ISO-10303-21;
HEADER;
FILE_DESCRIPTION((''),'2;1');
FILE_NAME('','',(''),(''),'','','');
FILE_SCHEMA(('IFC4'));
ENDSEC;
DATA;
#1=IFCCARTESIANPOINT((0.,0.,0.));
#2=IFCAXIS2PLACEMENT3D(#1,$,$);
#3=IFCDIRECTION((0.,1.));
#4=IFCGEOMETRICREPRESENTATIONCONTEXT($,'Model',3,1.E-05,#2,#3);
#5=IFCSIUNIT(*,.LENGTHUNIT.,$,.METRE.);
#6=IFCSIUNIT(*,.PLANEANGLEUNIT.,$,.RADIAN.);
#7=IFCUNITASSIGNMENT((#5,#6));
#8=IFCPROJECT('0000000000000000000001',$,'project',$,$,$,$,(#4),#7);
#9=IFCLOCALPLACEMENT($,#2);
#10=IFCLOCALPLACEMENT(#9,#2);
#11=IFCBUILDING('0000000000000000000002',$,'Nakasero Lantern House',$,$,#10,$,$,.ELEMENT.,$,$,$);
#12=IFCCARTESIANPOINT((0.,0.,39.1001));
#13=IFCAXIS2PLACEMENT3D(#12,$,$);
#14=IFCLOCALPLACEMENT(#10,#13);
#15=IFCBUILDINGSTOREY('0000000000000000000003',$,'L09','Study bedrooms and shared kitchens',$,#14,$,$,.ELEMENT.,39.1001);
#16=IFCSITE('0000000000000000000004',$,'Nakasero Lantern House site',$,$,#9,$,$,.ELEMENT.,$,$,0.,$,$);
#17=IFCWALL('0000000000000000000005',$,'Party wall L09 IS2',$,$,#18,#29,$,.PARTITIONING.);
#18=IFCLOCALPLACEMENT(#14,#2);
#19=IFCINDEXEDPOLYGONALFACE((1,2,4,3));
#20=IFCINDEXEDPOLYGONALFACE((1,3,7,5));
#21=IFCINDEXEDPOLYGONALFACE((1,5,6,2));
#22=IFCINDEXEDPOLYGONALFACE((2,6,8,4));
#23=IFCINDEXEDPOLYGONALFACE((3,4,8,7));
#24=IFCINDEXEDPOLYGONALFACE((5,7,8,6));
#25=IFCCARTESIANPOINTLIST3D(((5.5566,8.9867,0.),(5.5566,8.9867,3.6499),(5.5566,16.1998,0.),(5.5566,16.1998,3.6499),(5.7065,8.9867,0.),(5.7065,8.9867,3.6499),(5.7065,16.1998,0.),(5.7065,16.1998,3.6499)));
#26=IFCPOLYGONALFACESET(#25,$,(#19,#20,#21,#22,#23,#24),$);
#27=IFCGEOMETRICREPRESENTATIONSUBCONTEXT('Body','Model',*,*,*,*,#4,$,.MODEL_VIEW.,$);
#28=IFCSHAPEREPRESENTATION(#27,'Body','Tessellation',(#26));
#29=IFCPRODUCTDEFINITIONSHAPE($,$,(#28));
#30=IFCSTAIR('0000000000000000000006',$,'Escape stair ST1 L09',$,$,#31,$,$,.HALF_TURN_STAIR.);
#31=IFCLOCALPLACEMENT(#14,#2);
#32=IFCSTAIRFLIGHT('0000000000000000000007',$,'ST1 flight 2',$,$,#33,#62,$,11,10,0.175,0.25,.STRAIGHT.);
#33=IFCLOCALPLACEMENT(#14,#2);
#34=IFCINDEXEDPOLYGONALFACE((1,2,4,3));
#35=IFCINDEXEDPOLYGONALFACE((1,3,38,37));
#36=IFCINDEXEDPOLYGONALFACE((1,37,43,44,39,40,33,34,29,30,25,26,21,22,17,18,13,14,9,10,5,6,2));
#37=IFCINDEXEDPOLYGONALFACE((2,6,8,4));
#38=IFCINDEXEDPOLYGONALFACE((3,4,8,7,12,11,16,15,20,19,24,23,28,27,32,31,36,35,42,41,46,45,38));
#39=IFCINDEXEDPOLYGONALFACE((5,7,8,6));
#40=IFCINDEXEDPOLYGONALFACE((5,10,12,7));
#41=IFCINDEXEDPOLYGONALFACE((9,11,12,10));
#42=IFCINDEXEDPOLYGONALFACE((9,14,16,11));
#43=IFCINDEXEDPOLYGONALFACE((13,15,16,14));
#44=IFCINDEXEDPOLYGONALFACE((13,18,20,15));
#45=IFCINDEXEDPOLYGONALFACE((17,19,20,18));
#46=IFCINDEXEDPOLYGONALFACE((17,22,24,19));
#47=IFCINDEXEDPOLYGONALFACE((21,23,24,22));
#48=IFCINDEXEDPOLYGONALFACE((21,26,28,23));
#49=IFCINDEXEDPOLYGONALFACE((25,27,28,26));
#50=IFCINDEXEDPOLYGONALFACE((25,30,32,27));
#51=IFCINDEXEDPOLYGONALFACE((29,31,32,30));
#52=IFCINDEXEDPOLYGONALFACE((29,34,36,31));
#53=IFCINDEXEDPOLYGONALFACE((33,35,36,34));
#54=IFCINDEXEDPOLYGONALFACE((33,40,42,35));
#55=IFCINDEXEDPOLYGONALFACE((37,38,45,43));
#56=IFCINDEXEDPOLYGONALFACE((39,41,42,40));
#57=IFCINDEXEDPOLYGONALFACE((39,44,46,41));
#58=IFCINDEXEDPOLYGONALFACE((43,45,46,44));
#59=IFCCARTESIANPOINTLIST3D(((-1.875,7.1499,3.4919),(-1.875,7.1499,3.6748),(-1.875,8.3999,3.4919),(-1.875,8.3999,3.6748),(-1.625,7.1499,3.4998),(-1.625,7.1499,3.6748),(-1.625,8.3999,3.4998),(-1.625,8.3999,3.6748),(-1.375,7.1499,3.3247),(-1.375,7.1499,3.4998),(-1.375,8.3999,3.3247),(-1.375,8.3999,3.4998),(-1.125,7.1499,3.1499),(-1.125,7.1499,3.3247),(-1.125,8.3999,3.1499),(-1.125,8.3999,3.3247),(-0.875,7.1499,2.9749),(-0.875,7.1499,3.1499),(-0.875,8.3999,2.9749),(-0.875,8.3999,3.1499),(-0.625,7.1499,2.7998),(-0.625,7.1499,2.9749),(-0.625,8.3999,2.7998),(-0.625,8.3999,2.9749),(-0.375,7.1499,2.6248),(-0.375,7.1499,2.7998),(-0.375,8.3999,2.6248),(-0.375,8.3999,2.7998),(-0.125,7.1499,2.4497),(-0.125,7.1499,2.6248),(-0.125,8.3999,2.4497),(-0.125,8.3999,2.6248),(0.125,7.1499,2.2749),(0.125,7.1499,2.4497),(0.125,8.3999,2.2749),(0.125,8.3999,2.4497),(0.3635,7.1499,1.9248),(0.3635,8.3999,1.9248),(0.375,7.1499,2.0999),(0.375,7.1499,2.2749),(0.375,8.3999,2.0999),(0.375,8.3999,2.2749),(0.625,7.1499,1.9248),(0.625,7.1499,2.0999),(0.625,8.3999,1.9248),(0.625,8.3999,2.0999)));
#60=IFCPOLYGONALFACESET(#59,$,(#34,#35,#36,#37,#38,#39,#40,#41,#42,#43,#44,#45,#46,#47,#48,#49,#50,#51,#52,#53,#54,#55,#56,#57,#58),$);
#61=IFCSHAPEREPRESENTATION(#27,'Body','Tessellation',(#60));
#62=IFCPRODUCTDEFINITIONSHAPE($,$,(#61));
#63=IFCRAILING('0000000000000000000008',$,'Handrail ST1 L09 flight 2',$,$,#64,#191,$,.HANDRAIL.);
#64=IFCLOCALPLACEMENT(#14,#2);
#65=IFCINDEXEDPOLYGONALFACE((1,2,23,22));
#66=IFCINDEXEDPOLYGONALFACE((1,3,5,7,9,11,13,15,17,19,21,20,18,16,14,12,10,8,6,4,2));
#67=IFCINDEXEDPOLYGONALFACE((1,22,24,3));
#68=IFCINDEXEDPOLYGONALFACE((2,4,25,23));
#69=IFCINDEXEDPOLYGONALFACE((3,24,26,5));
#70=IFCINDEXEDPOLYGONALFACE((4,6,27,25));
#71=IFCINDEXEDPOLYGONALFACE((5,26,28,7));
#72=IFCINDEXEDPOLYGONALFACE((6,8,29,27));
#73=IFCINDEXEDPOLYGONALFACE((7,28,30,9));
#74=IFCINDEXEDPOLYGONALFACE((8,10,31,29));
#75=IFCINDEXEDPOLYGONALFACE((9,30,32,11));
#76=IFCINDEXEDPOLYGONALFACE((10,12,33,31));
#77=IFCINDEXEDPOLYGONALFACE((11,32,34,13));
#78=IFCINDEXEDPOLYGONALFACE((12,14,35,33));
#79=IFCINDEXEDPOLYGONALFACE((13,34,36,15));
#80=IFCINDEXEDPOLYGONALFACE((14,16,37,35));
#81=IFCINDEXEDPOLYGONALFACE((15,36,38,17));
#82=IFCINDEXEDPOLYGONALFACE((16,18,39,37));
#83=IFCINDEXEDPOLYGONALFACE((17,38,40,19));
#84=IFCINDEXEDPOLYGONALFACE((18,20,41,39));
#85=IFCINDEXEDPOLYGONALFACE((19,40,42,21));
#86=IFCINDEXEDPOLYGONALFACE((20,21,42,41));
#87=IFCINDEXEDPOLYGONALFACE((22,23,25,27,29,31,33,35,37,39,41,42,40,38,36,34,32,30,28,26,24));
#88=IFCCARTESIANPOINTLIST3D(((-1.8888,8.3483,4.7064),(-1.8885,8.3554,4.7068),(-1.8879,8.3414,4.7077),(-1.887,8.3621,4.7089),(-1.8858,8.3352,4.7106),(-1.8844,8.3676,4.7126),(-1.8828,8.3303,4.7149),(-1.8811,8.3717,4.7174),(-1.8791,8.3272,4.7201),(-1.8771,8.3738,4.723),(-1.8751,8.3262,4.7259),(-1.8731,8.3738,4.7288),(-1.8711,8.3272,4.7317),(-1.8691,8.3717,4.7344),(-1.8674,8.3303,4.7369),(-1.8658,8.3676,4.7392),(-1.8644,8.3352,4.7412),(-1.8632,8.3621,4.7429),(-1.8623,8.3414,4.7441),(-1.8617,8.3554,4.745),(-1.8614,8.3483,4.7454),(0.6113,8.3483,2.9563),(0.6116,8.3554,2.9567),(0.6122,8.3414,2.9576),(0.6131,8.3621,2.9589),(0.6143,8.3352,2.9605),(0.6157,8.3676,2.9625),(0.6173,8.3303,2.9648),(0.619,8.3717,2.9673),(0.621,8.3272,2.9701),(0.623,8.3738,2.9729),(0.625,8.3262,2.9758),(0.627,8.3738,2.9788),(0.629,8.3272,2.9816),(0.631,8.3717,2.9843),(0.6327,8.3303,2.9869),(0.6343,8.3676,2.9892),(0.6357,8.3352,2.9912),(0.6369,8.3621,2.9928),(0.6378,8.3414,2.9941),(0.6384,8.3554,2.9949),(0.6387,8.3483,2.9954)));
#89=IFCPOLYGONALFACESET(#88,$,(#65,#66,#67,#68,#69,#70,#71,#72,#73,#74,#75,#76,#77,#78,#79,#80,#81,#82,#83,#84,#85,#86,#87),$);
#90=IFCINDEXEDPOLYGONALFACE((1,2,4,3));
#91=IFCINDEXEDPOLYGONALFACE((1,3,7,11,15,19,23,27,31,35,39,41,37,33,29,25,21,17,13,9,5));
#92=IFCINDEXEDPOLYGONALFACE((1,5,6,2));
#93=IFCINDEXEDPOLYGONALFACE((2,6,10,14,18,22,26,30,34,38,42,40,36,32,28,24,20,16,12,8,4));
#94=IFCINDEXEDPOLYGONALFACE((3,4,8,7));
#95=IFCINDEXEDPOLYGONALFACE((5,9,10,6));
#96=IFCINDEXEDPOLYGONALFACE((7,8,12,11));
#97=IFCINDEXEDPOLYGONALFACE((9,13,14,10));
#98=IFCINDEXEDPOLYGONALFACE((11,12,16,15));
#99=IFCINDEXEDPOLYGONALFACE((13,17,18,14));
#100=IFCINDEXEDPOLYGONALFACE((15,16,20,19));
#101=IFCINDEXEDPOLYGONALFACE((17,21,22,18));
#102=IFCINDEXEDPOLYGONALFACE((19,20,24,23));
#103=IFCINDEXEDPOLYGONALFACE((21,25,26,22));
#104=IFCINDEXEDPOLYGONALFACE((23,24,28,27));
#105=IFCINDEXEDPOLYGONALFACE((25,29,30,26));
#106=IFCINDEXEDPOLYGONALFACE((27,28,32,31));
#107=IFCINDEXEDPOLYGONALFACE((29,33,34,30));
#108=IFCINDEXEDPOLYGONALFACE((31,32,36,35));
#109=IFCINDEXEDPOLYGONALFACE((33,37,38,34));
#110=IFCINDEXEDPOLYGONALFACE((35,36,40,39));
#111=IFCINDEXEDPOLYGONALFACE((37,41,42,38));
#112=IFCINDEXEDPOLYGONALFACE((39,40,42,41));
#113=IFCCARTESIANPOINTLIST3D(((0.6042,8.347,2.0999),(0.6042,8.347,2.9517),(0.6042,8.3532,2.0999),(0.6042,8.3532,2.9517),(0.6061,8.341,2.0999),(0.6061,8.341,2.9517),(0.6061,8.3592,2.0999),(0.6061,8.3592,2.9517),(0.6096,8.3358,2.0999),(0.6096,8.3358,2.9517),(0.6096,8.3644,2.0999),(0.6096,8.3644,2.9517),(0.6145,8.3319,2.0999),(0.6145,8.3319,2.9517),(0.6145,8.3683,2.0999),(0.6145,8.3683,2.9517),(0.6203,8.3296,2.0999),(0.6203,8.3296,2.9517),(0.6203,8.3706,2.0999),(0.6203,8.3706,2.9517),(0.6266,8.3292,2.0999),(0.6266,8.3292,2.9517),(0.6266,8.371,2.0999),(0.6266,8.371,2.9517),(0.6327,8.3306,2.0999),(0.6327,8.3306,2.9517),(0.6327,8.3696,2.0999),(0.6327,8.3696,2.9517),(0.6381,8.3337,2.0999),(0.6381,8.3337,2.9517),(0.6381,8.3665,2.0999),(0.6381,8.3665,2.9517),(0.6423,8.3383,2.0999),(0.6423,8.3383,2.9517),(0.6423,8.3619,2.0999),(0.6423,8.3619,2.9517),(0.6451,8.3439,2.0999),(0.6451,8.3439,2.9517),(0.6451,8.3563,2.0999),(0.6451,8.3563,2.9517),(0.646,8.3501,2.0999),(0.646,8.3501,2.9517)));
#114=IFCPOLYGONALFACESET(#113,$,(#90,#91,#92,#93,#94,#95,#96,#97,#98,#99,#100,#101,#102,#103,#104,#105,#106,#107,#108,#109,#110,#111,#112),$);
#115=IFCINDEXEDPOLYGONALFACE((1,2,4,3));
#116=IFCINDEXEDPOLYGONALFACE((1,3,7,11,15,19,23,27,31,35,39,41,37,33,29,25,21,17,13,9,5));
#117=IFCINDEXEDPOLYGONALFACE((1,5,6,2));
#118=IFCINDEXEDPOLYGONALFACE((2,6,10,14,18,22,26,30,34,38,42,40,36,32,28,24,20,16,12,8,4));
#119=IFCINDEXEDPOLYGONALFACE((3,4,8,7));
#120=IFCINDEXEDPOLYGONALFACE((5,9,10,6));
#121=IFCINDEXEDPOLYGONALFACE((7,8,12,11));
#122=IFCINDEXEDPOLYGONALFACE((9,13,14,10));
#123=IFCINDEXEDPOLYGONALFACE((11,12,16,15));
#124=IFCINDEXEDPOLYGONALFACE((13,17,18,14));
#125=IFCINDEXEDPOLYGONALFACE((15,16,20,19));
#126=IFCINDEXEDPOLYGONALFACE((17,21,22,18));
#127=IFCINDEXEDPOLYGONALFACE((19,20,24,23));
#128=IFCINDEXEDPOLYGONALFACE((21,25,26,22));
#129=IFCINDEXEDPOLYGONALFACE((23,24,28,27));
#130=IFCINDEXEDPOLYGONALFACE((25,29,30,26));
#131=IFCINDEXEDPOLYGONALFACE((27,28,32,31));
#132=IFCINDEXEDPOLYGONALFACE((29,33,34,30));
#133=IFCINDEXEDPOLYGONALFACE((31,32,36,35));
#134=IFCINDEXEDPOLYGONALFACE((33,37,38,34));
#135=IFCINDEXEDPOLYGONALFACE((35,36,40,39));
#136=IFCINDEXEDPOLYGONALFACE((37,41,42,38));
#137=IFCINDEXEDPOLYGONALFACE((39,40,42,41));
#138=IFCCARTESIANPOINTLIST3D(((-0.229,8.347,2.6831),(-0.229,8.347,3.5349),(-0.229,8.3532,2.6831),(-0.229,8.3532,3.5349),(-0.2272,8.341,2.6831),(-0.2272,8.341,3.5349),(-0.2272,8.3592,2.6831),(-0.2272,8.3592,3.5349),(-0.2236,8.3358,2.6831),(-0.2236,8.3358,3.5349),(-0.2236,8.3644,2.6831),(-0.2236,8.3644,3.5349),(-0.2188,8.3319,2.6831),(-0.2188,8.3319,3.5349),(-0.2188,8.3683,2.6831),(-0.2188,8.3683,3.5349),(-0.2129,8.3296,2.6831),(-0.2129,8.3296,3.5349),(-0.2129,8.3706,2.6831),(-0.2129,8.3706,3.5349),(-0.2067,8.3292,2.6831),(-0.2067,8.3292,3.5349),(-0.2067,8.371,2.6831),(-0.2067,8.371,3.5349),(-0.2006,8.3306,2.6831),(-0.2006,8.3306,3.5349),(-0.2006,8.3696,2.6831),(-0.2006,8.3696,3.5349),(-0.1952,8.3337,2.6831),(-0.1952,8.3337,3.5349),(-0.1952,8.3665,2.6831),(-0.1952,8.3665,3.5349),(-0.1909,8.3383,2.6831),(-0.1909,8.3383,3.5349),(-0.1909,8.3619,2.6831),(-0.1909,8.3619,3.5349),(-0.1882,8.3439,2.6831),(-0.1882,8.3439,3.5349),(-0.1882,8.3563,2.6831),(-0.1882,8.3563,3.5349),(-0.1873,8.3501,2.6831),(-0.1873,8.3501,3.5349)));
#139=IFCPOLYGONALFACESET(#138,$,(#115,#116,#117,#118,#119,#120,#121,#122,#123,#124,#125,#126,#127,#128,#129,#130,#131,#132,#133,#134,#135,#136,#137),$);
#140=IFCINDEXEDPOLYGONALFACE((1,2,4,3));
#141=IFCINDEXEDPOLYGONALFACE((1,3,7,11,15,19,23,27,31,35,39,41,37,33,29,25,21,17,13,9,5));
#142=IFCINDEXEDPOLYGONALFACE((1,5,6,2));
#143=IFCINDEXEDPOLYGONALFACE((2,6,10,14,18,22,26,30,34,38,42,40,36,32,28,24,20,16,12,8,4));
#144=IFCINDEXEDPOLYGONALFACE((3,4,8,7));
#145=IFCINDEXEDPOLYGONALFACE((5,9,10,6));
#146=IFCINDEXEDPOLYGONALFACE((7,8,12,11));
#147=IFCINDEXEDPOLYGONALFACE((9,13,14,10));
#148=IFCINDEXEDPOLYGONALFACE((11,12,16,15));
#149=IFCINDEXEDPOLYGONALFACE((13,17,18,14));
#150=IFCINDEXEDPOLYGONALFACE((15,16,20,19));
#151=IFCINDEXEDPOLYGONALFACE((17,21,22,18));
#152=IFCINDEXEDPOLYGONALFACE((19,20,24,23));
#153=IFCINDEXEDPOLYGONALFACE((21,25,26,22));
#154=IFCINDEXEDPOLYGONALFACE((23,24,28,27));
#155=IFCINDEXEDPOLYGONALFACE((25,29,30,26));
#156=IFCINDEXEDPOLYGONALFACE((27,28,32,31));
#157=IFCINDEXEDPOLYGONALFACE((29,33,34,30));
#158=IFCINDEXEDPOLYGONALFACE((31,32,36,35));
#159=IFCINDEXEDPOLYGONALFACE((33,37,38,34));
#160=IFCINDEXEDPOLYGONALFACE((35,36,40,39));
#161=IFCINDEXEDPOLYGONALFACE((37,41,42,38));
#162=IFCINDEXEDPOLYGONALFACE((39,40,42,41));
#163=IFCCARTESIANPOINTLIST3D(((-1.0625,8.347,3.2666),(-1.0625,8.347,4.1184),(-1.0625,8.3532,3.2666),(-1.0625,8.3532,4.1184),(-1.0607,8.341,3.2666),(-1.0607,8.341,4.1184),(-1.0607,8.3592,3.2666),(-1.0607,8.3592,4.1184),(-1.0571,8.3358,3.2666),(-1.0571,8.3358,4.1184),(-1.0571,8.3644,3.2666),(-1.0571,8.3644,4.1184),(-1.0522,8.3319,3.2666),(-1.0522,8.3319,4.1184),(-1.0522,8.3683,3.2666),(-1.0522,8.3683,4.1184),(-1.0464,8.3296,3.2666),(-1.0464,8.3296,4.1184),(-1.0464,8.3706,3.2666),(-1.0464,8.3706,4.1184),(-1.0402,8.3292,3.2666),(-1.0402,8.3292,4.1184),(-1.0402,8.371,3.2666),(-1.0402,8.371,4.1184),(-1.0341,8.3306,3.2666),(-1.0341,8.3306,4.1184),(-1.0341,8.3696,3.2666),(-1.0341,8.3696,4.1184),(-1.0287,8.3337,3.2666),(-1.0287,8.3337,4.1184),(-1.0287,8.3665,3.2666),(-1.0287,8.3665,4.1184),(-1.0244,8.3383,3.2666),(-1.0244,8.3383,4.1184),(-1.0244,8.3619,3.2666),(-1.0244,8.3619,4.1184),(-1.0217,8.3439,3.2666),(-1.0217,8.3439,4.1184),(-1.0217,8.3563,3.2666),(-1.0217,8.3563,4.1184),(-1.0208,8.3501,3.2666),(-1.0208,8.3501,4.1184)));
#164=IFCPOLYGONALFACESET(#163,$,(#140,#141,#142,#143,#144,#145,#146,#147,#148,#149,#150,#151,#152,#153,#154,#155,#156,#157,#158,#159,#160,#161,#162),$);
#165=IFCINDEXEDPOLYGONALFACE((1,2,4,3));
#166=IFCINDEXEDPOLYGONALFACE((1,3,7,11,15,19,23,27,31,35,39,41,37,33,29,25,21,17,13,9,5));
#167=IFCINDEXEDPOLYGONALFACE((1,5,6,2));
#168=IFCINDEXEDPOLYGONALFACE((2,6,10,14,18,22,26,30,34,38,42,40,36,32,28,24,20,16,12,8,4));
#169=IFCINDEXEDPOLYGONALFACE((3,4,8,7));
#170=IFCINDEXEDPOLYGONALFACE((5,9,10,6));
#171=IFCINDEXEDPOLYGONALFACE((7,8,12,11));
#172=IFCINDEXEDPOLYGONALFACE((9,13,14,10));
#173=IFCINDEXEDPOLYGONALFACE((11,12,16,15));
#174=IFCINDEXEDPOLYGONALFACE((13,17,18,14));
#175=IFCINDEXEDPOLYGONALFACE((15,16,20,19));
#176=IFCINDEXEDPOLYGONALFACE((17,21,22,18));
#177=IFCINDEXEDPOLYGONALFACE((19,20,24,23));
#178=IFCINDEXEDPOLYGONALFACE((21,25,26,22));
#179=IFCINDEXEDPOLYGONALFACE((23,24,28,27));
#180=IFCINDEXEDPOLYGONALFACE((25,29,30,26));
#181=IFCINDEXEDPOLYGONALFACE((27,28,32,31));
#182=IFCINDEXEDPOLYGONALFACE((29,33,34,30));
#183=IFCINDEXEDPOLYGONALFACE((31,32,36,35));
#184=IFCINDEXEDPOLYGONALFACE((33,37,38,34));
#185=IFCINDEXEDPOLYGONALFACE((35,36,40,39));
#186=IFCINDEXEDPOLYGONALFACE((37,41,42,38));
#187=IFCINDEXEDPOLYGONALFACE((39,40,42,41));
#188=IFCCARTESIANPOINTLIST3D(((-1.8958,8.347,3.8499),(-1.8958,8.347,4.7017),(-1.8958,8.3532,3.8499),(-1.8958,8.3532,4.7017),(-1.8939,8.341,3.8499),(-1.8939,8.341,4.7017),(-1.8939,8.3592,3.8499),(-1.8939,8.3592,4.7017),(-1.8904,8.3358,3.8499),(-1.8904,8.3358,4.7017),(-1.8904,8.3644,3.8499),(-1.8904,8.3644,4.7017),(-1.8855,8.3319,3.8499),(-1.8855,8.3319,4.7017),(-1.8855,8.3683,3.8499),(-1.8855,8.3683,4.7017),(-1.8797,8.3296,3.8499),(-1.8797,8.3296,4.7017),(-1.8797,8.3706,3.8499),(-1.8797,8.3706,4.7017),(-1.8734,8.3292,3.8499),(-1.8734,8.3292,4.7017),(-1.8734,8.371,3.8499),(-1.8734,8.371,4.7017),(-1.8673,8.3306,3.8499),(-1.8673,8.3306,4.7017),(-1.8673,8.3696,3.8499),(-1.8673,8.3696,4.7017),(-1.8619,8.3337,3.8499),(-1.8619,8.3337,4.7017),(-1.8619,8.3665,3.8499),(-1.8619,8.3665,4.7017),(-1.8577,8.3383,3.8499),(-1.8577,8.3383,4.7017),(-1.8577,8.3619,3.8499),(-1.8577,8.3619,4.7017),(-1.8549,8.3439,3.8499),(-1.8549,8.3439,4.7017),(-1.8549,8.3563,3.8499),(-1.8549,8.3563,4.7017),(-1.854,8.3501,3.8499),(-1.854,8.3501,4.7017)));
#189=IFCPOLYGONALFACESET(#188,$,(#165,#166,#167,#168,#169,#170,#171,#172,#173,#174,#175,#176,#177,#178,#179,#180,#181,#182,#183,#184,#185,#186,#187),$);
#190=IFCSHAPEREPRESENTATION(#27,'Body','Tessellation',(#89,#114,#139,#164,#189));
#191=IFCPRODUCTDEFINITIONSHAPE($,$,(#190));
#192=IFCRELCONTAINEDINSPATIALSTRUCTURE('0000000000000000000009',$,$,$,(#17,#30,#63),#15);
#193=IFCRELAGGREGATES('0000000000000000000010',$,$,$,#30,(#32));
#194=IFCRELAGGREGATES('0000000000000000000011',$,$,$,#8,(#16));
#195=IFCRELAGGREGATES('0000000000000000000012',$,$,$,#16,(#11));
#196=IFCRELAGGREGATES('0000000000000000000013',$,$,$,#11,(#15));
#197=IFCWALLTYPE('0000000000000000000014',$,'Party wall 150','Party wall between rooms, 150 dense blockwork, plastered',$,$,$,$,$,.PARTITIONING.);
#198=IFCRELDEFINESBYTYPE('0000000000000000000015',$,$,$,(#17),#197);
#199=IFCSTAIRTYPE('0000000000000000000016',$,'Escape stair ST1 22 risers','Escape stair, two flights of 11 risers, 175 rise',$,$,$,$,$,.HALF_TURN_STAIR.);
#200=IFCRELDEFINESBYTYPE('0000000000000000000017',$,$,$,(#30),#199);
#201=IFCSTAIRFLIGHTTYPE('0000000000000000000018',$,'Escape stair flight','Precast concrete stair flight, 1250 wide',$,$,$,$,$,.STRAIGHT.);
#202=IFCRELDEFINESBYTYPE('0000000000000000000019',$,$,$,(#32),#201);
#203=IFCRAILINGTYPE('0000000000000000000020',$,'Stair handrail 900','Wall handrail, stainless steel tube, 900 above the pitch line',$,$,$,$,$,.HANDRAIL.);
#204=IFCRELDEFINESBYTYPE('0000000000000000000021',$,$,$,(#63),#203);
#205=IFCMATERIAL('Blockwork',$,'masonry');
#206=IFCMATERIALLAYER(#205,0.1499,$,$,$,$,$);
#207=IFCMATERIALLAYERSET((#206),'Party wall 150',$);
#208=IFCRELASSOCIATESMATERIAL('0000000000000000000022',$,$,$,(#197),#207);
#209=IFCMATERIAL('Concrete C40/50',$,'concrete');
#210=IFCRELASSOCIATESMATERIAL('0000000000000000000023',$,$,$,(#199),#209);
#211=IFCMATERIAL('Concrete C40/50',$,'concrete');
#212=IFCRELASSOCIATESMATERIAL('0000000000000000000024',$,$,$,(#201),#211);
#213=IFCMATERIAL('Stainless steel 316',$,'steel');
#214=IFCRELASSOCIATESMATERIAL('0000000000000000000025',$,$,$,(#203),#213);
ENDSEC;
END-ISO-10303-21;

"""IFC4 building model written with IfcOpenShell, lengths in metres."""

from ifc_helpers import new_model, si_unit, direction, frame, frame_2d, origin, origin_2d, place, context, subcontext, project, spatial, polyline, rectangle, circle, outline, extrude, material, layer, layer_set, type_object, element, aggregate, save


model = new_model("IFC4")

# Units and contexts
model_context = context("Model", 3, precision=1e-05, world=origin(), true_north=direction((0.0, 1.0)))
body_context = subcontext(model_context, "Body", "Model", "MODEL_VIEW")
ifc_project = project(units=[si_unit("LENGTHUNIT", "METRE"), si_unit("PLANEANGLEUNIT", "RADIAN")], contexts=[model_context])

# Site, building, storey
site_placement = place(None, origin())
site = spatial("IfcSite", under=ifc_project, at=site_placement, Name="Nakasero Lantern House site", CompositionType="ELEMENT", RefElevation=0.0)
building_placement = place(site_placement, origin())
building = spatial("IfcBuilding", under=site, at=building_placement, Name="Nakasero Lantern House", CompositionType="ELEMENT")
storey_placement = place(building_placement, frame((0.0, 0.0, 39.1001)))
storey = spatial("IfcBuildingStorey", under=building, at=storey_placement, Name="L09", Description="Study bedrooms and shared kitchens", CompositionType="ELEMENT", Elevation=39.1001)

# Wall
ifc_material_1 = material(Name="Blockwork", Category="masonry")
ifc_layer_1 = layer(ifc_material_1, 0.1499)
ifc_layer_set_1 = layer_set([ifc_layer_1], Name="Party wall 150")
wall_type_1 = type_object("IfcWallType", Name="Party wall 150", Description="Party wall between rooms, 150 dense blockwork, plastered", PredefinedType="PARTITIONING", material=ifc_layer_set_1)
wall_1_placement = place(storey_placement, frame((5.6316, 8.9868, 0.0), z_axis=(0.0, 0.0, 1.0), x_axis=(0.0, 1.0, 0.0)))
element("IfcWall", 1, at=wall_1_placement, inside=storey, type_object=wall_type_1, Name="Party wall L09 IS2", PredefinedType="PARTITIONING", context=body_context, shape_type="SweptSolid", body=[
    extrude(rectangle(XDim=7.2131, YDim=0.1499, at=frame_2d((3.6064, 0.0))), origin(), (0.0, 0.0, 1.0), 3.6499),
])

# Stair, stair flight
ifc_material_2 = material(Name="Concrete C40/50", Category="concrete")
stair_type_1 = type_object("IfcStairType", Name="Escape stair ST1 22 risers", Description="Escape stair, two flights of 11 risers, 175 rise", PredefinedType="HALF_TURN_STAIR", material=ifc_material_2)
stair_1_placement = place(storey_placement, origin())
stair_1 = element("IfcStair", 2, at=stair_1_placement, inside=storey, type_object=stair_type_1, Name="Escape stair ST1 L09", PredefinedType="HALF_TURN_STAIR")
ifc_material_3 = material(Name="Concrete C40/50", Category="concrete")
stair_flight_type = type_object("IfcStairFlightType", Name="Escape stair flight", Description="Precast concrete stair flight, 1250 wide", PredefinedType="STRAIGHT", material=ifc_material_3)
stair_flight_placement = place(storey_placement, frame((0.625, 7.7749, 1.9248), z_axis=(0.0, 0.0, 1.0), x_axis=(-1.0, 0.0, 0.0)))
stair_flight = element("IfcStairFlight", 3, at=stair_flight_placement, type_object=stair_flight_type, Name="ST1 flight 2", NumberOfRisers=11, NumberOfTreads=10, PredefinedType="STRAIGHT", RiserHeight=0.175, TreadLength=0.25, context=body_context, shape_type="SweptSolid", body=[
    extrude(outline(polyline([(0.0, 0.0), (0.0, 0.175), (0.25, 0.175), (0.25, 0.3501), (0.5, 0.3501), (0.5, 0.5249), (0.75, 0.5249), (0.75, 0.7), (1.0, 0.7), (1.0, 0.875), (1.25, 0.875), (1.25, 1.05), (1.5, 1.05), (1.5, 1.2251), (1.75, 1.2251), (1.75, 1.3999), (2.0, 1.3999), (2.0, 1.575), (2.25, 1.575), (2.25, 1.75), (2.5, 1.75), (2.5, 1.925), (2.5, 1.5671), (0.2615, 0.0), (0.0, 0.0)])), frame((0.0, 0.625, 0.0), z_axis=(0.0, -1.0, 0.0), x_axis=(1.0, 0.0, 0.0)), (0.0, 0.0, 1.0), 1.25),
])
aggregate(stair_1, [stair_flight])

# Railing
ifc_material_4 = material(Name="Stainless steel 316", Category="steel")
railing_type = type_object("IfcRailingType", Name="Stair handrail 900", Description="Wall handrail, stainless steel tube, 900 above the pitch line", PredefinedType="HANDRAIL", material=ifc_material_4)
railing_placement = place(storey_placement, frame((0.625, 8.3501, 2.0999)))
element("IfcRailing", 4, at=railing_placement, inside=storey, type_object=railing_type, Name="Handrail ST1 L09 flight 2", PredefinedType="HANDRAIL", context=body_context, shape_type="SweptSolid", body=[
    extrude(circle(Radius=0.0239, at=origin_2d()), frame((0.0, 0.0, 0.876), z_axis=(-0.819232, 0.0, 0.573462), x_axis=(0.0, -1.0, 0.0)), (0.0, 0.0, 1.0), 3.0518),
    extrude(circle(Radius=0.021, at=origin_2d()), origin(), (0.0, 0.0, 1.0), 0.8518),
    extrude(circle(Radius=0.021, at=origin_2d()), frame((-0.8333, 0.0, 0.5833)), (0.0, 0.0, 1.0), 0.8518),
    extrude(circle(Radius=0.021, at=origin_2d()), frame((-1.6667, 0.0, 1.1667)), (0.0, 0.0, 1.0), 0.8518),
    extrude(circle(Radius=0.021, at=origin_2d()), frame((-2.5, 0.0, 1.75)), (0.0, 0.0, 1.0), 0.8518),
])

save(model, "model.ifc")
